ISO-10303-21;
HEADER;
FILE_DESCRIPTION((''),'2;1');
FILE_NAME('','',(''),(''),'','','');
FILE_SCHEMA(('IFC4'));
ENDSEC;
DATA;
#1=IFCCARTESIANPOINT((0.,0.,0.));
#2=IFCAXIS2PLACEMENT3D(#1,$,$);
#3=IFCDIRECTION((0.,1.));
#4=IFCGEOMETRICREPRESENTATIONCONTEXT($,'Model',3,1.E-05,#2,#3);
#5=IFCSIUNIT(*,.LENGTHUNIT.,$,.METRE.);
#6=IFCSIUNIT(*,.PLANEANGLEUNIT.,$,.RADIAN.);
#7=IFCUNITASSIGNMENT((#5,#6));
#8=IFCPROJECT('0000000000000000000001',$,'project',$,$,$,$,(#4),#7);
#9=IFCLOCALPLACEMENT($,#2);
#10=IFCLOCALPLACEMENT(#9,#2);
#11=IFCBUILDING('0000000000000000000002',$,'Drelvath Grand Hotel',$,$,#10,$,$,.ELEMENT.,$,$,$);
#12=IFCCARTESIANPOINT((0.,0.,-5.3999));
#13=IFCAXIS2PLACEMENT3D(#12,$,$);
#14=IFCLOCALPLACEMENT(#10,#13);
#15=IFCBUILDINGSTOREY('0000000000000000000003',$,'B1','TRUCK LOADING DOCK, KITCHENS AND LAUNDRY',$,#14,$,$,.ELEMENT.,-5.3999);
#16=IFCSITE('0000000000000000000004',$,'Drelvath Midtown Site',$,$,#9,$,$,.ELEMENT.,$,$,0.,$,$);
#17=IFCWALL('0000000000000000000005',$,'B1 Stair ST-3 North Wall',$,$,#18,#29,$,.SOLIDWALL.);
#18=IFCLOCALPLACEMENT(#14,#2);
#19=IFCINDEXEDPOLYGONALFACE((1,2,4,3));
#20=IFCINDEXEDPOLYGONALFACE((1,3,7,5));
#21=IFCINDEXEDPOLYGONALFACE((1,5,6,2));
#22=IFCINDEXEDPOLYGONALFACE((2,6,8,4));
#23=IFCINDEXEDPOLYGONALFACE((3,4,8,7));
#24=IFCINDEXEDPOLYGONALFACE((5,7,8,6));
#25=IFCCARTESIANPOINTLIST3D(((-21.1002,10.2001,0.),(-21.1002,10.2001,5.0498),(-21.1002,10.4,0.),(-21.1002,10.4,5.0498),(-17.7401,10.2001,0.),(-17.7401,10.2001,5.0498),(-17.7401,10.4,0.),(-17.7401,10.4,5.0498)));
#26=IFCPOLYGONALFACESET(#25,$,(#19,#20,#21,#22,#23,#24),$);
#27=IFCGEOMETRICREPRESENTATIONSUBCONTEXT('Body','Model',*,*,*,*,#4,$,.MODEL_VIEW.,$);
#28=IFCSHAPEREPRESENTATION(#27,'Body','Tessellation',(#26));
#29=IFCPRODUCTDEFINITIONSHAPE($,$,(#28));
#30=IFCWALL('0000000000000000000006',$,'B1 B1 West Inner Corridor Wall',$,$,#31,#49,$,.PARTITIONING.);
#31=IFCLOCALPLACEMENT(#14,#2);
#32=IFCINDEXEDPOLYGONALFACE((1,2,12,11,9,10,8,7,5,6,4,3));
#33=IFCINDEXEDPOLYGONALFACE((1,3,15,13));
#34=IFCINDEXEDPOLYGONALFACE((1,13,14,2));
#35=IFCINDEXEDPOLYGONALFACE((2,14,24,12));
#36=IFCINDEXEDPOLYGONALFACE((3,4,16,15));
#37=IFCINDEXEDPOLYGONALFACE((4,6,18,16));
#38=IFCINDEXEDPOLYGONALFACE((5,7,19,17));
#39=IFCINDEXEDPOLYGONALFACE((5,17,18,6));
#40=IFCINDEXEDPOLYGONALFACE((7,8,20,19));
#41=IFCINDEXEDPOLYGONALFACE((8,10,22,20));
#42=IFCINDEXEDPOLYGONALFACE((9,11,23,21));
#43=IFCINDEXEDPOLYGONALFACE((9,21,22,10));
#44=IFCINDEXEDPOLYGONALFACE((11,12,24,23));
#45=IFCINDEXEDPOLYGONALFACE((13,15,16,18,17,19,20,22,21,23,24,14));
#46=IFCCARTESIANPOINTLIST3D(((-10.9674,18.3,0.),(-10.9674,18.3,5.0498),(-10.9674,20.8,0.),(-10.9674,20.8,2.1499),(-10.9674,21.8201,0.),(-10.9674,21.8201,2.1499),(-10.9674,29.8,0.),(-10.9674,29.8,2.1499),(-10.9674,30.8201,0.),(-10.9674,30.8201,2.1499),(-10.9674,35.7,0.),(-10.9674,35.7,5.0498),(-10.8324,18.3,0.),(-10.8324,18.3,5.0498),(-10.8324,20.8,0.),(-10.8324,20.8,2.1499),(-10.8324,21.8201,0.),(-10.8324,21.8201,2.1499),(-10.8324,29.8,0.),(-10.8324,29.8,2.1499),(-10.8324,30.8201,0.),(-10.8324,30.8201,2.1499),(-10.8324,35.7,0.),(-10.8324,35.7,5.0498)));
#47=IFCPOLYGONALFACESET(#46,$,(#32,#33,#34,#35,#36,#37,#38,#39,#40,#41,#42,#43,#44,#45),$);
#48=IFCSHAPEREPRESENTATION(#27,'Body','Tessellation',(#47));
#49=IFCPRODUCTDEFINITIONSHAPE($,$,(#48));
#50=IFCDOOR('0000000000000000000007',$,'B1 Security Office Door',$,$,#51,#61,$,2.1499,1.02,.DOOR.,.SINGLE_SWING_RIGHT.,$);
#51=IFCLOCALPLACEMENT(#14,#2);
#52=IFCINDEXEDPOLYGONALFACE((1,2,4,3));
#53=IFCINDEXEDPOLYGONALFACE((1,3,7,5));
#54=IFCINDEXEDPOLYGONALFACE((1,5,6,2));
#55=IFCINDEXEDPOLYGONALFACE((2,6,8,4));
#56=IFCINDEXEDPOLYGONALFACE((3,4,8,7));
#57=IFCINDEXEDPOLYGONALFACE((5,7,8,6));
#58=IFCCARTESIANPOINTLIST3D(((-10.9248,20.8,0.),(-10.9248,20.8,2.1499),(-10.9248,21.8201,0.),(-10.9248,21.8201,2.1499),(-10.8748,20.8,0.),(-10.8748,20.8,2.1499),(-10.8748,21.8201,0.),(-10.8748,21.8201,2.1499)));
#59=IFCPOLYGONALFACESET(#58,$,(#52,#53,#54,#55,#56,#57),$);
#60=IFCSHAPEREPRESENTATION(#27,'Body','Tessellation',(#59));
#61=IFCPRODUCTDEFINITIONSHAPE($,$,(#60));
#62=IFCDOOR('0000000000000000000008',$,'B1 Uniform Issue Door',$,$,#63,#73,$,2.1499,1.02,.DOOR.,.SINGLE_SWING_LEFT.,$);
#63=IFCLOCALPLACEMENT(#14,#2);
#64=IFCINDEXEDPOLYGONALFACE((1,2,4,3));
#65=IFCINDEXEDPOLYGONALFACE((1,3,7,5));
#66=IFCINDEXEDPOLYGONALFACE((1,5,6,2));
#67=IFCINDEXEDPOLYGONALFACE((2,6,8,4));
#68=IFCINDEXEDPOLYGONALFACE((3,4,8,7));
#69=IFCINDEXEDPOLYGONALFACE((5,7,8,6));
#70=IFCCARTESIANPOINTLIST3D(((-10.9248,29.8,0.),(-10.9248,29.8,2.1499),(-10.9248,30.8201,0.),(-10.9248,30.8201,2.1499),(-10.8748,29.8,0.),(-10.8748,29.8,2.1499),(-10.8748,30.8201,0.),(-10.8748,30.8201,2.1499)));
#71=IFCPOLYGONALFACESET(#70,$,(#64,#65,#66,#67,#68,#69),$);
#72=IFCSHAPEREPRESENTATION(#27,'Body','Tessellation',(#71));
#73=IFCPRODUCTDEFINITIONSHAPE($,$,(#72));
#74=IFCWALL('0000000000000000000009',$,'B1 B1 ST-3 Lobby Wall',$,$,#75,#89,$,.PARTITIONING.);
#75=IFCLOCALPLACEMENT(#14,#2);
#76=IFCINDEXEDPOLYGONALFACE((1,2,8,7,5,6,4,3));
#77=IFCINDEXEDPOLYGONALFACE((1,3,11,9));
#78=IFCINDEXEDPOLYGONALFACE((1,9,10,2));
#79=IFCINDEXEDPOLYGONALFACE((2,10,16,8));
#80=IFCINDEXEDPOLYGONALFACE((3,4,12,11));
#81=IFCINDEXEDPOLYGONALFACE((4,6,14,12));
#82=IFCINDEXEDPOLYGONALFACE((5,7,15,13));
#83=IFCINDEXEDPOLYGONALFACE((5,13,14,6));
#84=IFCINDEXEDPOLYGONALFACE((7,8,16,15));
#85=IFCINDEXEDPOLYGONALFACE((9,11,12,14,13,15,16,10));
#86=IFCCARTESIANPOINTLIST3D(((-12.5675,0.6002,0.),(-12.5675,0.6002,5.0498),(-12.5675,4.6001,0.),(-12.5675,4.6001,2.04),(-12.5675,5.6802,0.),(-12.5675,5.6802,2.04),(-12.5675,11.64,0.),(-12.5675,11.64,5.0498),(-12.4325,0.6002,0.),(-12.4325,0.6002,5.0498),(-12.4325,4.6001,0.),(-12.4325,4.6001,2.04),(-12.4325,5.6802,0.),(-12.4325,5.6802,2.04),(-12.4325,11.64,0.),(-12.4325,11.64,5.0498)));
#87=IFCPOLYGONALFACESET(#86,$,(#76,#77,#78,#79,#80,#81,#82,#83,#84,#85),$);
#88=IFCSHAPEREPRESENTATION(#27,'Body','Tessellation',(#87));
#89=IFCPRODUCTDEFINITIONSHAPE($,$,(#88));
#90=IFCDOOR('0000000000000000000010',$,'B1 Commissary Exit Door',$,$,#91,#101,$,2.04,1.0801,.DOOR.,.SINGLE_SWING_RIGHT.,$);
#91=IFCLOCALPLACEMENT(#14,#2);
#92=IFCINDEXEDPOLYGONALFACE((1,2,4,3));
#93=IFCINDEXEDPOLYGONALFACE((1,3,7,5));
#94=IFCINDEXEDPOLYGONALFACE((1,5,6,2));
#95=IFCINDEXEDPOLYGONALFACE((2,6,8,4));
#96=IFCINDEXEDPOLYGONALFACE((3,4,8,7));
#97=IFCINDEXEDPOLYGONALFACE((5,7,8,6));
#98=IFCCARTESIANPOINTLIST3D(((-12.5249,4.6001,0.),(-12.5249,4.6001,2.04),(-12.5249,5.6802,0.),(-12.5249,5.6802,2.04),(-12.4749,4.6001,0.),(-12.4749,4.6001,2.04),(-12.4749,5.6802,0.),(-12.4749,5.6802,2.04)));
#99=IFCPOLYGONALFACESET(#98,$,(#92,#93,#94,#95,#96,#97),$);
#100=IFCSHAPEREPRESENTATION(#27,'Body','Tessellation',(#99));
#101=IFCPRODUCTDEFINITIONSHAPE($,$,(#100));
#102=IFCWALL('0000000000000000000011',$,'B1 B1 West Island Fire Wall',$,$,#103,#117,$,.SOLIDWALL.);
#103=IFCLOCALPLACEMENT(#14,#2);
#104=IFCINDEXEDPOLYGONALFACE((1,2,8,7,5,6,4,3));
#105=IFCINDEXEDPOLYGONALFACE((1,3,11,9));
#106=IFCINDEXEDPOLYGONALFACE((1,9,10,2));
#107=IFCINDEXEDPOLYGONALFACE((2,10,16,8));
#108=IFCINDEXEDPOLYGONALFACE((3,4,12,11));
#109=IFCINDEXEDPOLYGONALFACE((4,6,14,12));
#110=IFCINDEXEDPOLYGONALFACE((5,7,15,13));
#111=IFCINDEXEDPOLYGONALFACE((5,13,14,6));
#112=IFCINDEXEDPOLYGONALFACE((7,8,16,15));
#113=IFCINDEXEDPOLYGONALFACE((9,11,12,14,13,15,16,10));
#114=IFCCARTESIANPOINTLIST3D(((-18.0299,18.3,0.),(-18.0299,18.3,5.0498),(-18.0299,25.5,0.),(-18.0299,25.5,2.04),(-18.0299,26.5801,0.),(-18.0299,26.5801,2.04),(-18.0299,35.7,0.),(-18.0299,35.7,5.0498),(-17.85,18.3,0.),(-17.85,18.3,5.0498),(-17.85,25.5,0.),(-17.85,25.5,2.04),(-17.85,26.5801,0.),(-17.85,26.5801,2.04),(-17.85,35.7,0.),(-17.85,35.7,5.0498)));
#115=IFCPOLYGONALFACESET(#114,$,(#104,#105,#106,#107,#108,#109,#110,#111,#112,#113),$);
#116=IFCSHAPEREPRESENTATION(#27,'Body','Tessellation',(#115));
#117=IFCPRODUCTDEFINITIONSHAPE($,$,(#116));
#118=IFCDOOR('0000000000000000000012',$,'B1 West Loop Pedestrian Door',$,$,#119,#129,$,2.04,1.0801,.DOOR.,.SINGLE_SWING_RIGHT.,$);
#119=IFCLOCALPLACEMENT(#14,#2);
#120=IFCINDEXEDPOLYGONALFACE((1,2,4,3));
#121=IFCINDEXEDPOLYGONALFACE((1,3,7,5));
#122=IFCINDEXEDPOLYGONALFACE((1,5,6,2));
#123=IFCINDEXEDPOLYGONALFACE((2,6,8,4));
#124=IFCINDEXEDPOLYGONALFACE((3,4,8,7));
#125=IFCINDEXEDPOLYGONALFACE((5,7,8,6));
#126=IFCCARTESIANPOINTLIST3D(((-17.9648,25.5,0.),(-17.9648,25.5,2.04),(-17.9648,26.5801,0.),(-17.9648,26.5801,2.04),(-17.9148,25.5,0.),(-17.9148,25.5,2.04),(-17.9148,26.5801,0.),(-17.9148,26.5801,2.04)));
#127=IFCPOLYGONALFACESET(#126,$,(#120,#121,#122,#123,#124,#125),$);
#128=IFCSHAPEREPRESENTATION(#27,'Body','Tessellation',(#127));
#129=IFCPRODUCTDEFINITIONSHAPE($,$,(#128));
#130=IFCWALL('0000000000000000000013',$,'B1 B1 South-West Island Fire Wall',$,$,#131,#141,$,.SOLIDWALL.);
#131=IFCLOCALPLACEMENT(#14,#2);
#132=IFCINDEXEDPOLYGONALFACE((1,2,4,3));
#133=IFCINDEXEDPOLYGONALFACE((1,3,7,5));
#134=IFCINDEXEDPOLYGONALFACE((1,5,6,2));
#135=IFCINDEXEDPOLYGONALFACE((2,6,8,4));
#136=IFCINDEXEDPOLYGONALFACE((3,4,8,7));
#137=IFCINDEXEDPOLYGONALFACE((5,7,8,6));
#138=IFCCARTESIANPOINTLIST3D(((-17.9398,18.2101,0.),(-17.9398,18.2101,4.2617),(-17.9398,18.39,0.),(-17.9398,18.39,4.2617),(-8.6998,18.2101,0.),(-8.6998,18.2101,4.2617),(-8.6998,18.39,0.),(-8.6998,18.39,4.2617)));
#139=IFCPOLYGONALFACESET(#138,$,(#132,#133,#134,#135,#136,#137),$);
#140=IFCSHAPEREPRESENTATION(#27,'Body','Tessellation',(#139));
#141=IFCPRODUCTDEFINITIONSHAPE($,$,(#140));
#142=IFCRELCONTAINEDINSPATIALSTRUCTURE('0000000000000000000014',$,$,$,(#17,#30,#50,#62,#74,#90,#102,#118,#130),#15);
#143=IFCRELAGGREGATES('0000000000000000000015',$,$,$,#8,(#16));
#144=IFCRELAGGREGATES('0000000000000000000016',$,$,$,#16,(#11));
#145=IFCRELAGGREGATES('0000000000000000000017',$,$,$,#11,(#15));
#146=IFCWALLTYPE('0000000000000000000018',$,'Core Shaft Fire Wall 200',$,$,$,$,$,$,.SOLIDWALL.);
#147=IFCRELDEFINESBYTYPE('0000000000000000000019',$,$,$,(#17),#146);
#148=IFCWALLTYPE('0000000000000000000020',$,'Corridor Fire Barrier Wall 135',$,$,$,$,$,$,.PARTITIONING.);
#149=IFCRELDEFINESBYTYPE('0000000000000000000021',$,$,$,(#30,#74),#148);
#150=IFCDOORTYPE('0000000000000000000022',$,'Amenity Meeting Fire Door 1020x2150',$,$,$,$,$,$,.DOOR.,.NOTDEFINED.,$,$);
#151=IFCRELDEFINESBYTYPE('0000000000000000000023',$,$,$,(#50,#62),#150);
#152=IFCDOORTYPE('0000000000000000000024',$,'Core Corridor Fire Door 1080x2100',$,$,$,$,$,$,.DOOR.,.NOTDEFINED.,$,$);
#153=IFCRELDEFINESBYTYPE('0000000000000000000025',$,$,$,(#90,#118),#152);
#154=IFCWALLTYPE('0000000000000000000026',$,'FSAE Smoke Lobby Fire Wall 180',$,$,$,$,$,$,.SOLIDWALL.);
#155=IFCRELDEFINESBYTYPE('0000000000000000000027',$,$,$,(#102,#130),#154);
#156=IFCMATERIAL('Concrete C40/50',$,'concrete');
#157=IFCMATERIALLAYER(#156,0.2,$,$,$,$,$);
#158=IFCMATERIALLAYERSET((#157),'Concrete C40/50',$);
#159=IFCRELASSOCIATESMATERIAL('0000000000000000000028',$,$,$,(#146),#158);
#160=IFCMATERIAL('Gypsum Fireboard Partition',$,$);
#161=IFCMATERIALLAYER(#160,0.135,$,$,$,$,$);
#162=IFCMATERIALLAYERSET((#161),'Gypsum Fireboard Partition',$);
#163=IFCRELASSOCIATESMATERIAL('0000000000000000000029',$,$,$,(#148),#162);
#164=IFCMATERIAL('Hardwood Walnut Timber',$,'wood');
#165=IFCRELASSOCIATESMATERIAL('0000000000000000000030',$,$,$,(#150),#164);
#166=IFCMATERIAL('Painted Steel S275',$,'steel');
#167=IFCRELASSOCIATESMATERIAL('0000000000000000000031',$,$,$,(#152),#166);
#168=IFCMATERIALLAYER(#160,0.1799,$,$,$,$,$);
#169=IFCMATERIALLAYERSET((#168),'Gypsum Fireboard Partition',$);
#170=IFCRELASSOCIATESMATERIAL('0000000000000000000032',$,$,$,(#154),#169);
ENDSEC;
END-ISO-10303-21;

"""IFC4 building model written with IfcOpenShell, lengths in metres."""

from ifc_helpers import new_model, si_unit, direction, frame, frame_2d, origin, place, context, subcontext, project, spatial, rectangle, extrude, material, layer, layer_set, type_object, element, fill, save


model = new_model("IFC4")

# Units and contexts
model_context = context("Model", 3, precision=1e-05, world=origin(), true_north=direction((0.0, 1.0)))
body_context = subcontext(model_context, "Body", "Model", "MODEL_VIEW")
ifc_project = project(units=[si_unit("LENGTHUNIT", "METRE"), si_unit("PLANEANGLEUNIT", "RADIAN")], contexts=[model_context])

# Site, building, storey
site_placement = place(None, origin())
site = spatial("IfcSite", under=ifc_project, at=site_placement, Name="Drelvath Midtown Site", CompositionType="ELEMENT", RefElevation=0.0)
building_placement = place(site_placement, origin())
building = spatial("IfcBuilding", under=site, at=building_placement, Name="Drelvath Grand Hotel", CompositionType="ELEMENT")
storey_placement = place(building_placement, frame((0.0, 0.0, -5.3999)))
storey = spatial("IfcBuildingStorey", under=building, at=storey_placement, Name="B1", Description="TRUCK LOADING DOCK, KITCHENS AND LAUNDRY", CompositionType="ELEMENT", Elevation=-5.3999)

# Shared definitions
ifc_material_1 = material(Name="Concrete C40/50", Category="concrete")

# Shared definitions
ifc_layer_1 = layer(ifc_material_1, 0.2)
ifc_layer_set_1 = layer_set([ifc_layer_1], Name="Concrete C40/50")
wall_type_1 = type_object("IfcWallType", Name="Core Shaft Fire Wall 200", PredefinedType="SOLIDWALL", material=ifc_layer_set_1)
ifc_material_2 = material(Name="Painted Steel S275", Category="steel")

# Wall
wall_1_placement = place(storey_placement, frame((-17.74, 10.3, 0.0), z_axis=(0.0, 0.0, 1.0), x_axis=(-1.0, 0.0, 0.0)))
element("IfcWall", 1, at=wall_1_placement, inside=storey, type_object=wall_type_1, Name="B1 Stair ST-3 North Wall", PredefinedType="SOLIDWALL", context=body_context, shape_type="SweptSolid", body=[
    extrude(rectangle(XDim=3.3601, YDim=0.2, at=frame_2d((1.6802, 0.0))), origin(), (0.0, 0.0, 1.0), 5.0498),
])

# Wall, openings, doors
ifc_material_3 = material(Name="Gypsum Fireboard Partition")
ifc_layer_2 = layer(ifc_material_3, 0.135)
ifc_layer_set_2 = layer_set([ifc_layer_2], Name="Gypsum Fireboard Partition")
wall_type_2 = type_object("IfcWallType", Name="Corridor Fire Barrier Wall 135", PredefinedType="PARTITIONING", material=ifc_layer_set_2)
wall_2_placement = place(storey_placement, frame((-10.8999, 18.3, 0.0), z_axis=(0.0, 0.0, 1.0), x_axis=(0.0, 1.0, 0.0)))
wall_2 = element("IfcWall", 2, at=wall_2_placement, inside=storey, type_object=wall_type_2, Name="B1 B1 West Inner Corridor Wall", PredefinedType="PARTITIONING", context=body_context, shape_type="SweptSolid", body=[
    extrude(rectangle(XDim=17.3999, YDim=0.135, at=frame_2d((8.7, 0.0))), origin(), (0.0, 0.0, 1.0), 5.0498),
])
opening_1_placement = place(wall_2_placement, frame((2.5, 0.0, 0.0)))
opening_1 = element("IfcOpeningElement", 3, at=opening_1_placement, cuts=wall_2, PredefinedType="OPENING", context=body_context, shape_type="SweptSolid", body=[
    extrude(rectangle(XDim=1.02, YDim=2.1499, at=frame_2d((0.51, 1.075))), frame((0.0, 0.0774, 0.0), z_axis=(0.0, -1.0, 0.0), x_axis=(1.0, 0.0, 0.0)), (0.0, 0.0, 1.0), 0.155),
])
opening_2_placement = place(wall_2_placement, frame((11.5, 0.0, 0.0)))
opening_2 = element("IfcOpeningElement", 4, at=opening_2_placement, cuts=wall_2, PredefinedType="OPENING", context=body_context, shape_type="SweptSolid", body=[
    extrude(rectangle(XDim=1.02, YDim=2.1499, at=frame_2d((0.51, 1.075))), frame((0.0, 0.0774, 0.0), z_axis=(0.0, -1.0, 0.0), x_axis=(1.0, 0.0, 0.0)), (0.0, 0.0, 1.0), 0.155),
])
ifc_material_4 = material(Name="Hardwood Walnut Timber", Category="wood")
door_type_1 = type_object("IfcDoorType", Name="Amenity Meeting Fire Door 1020x2150", OperationType="NOTDEFINED", PredefinedType="DOOR", material=ifc_material_4)
door_1_placement = place(opening_1_placement, origin())
door_1 = element("IfcDoor", 5, at=door_1_placement, inside=storey, type_object=door_type_1, Name="B1 Security Office Door", OperationType="SINGLE_SWING_RIGHT", OverallHeight=2.1499, OverallWidth=1.02, PredefinedType="DOOR", context=body_context, shape_type="SweptSolid", body=[
    extrude(rectangle(XDim=1.02, YDim=2.1499, at=frame_2d((0.51, 1.075))), frame((0.0, 0.0249, 0.0), z_axis=(0.0, -1.0, 0.0), x_axis=(1.0, 0.0, 0.0)), (0.0, 0.0, 1.0), 0.05),
])
fill(opening_1, door_1)
door_2_placement = place(opening_2_placement, origin())
door_2 = element("IfcDoor", 6, at=door_2_placement, inside=storey, type_object=door_type_1, Name="B1 Uniform Issue Door", OperationType="SINGLE_SWING_LEFT", OverallHeight=2.1499, OverallWidth=1.02, PredefinedType="DOOR", context=body_context, shape_type="SweptSolid", body=[
    extrude(rectangle(XDim=1.02, YDim=2.1499, at=frame_2d((0.51, 1.075))), frame((0.0, 0.0249, 0.0), z_axis=(0.0, -1.0, 0.0), x_axis=(1.0, 0.0, 0.0)), (0.0, 0.0, 1.0), 0.05),
])
fill(opening_2, door_2)

# Walls, openings, doors
wall_3_placement = place(storey_placement, frame((-12.5, 0.6001, 0.0), z_axis=(0.0, 0.0, 1.0), x_axis=(0.0, 1.0, 0.0)))
wall_3 = element("IfcWall", 7, at=wall_3_placement, inside=storey, type_object=wall_type_2, Name="B1 B1 ST-3 Lobby Wall", PredefinedType="PARTITIONING", context=body_context, shape_type="SweptSolid", body=[
    extrude(rectangle(XDim=11.0398, YDim=0.135, at=frame_2d((5.52, 0.0))), origin(), (0.0, 0.0, 1.0), 5.0498),
])
opening_3_placement = place(wall_3_placement, frame((4.0, 0.0, 0.0)))
opening_3 = element("IfcOpeningElement", 8, at=opening_3_placement, cuts=wall_3, PredefinedType="OPENING", context=body_context, shape_type="SweptSolid", body=[
    extrude(rectangle(XDim=1.0801, YDim=2.04, at=frame_2d((0.54, 1.02))), frame((0.0, 0.0774, 0.0), z_axis=(0.0, -1.0, 0.0), x_axis=(1.0, 0.0, 0.0)), (0.0, 0.0, 1.0), 0.155),
])
door_type_2 = type_object("IfcDoorType", Name="Core Corridor Fire Door 1080x2100", OperationType="NOTDEFINED", PredefinedType="DOOR", material=ifc_material_2)
door_3_placement = place(opening_3_placement, origin())
door_3 = element("IfcDoor", 9, at=door_3_placement, inside=storey, type_object=door_type_2, Name="B1 Commissary Exit Door", OperationType="SINGLE_SWING_RIGHT", OverallHeight=2.04, OverallWidth=1.0801, PredefinedType="DOOR", context=body_context, shape_type="SweptSolid", body=[
    extrude(rectangle(XDim=1.0801, YDim=2.04, at=frame_2d((0.54, 1.02))), frame((0.0, 0.0249, 0.0), z_axis=(0.0, -1.0, 0.0), x_axis=(1.0, 0.0, 0.0)), (0.0, 0.0, 1.0), 0.05),
])
fill(opening_3, door_3)
ifc_layer_3 = layer(ifc_material_3, 0.1799)
ifc_layer_set_3 = layer_set([ifc_layer_3], Name="Gypsum Fireboard Partition")
wall_type_3 = type_object("IfcWallType", Name="FSAE Smoke Lobby Fire Wall 180", PredefinedType="SOLIDWALL", material=ifc_layer_set_3)
wall_4_placement = place(storey_placement, frame((-17.9399, 18.3, 0.0), z_axis=(0.0, 0.0, 1.0), x_axis=(0.0, 1.0, 0.0)))
wall_4 = element("IfcWall", 10, at=wall_4_placement, inside=storey, type_object=wall_type_3, Name="B1 B1 West Island Fire Wall", PredefinedType="SOLIDWALL", context=body_context, shape_type="SweptSolid", body=[
    extrude(rectangle(XDim=17.3999, YDim=0.1799, at=frame_2d((8.7, 0.0))), origin(), (0.0, 0.0, 1.0), 5.0498),
])
opening_4_placement = place(wall_4_placement, frame((7.2, 0.0, 0.0)))
opening_4 = element("IfcOpeningElement", 11, at=opening_4_placement, cuts=wall_4, PredefinedType="OPENING", context=body_context, shape_type="SweptSolid", body=[
    extrude(rectangle(XDim=1.0801, YDim=2.04, at=frame_2d((0.54, 1.02))), frame((0.0, 0.0999, 0.0), z_axis=(0.0, -1.0, 0.0), x_axis=(1.0, 0.0, 0.0)), (0.0, 0.0, 1.0), 0.2),
])
door_4_placement = place(opening_4_placement, origin())
door_4 = element("IfcDoor", 12, at=door_4_placement, inside=storey, type_object=door_type_2, Name="B1 West Loop Pedestrian Door", OperationType="SINGLE_SWING_RIGHT", OverallHeight=2.04, OverallWidth=1.0801, PredefinedType="DOOR", context=body_context, shape_type="SweptSolid", body=[
    extrude(rectangle(XDim=1.0801, YDim=2.04, at=frame_2d((0.54, 1.02))), frame((0.0, 0.0249, 0.0), z_axis=(0.0, -1.0, 0.0), x_axis=(1.0, 0.0, 0.0)), (0.0, 0.0, 1.0), 0.05),
])
fill(opening_4, door_4)

# Wall
wall_5_placement = place(storey_placement, frame((-17.9399, 18.3, 0.0), z_axis=(0.0, 0.0, 1.0), x_axis=(1.0, 0.0, 0.0)))
element("IfcWall", 13, at=wall_5_placement, inside=storey, type_object=wall_type_3, Name="B1 B1 South-West Island Fire Wall", PredefinedType="SOLIDWALL", context=body_context, shape_type="SweptSolid", body=[
    extrude(rectangle(XDim=9.24, YDim=0.1799, at=frame_2d((4.6201, 0.0))), origin(), (0.0, 0.0, 1.0), 4.2617),
])

save(model, "model.ifc")
